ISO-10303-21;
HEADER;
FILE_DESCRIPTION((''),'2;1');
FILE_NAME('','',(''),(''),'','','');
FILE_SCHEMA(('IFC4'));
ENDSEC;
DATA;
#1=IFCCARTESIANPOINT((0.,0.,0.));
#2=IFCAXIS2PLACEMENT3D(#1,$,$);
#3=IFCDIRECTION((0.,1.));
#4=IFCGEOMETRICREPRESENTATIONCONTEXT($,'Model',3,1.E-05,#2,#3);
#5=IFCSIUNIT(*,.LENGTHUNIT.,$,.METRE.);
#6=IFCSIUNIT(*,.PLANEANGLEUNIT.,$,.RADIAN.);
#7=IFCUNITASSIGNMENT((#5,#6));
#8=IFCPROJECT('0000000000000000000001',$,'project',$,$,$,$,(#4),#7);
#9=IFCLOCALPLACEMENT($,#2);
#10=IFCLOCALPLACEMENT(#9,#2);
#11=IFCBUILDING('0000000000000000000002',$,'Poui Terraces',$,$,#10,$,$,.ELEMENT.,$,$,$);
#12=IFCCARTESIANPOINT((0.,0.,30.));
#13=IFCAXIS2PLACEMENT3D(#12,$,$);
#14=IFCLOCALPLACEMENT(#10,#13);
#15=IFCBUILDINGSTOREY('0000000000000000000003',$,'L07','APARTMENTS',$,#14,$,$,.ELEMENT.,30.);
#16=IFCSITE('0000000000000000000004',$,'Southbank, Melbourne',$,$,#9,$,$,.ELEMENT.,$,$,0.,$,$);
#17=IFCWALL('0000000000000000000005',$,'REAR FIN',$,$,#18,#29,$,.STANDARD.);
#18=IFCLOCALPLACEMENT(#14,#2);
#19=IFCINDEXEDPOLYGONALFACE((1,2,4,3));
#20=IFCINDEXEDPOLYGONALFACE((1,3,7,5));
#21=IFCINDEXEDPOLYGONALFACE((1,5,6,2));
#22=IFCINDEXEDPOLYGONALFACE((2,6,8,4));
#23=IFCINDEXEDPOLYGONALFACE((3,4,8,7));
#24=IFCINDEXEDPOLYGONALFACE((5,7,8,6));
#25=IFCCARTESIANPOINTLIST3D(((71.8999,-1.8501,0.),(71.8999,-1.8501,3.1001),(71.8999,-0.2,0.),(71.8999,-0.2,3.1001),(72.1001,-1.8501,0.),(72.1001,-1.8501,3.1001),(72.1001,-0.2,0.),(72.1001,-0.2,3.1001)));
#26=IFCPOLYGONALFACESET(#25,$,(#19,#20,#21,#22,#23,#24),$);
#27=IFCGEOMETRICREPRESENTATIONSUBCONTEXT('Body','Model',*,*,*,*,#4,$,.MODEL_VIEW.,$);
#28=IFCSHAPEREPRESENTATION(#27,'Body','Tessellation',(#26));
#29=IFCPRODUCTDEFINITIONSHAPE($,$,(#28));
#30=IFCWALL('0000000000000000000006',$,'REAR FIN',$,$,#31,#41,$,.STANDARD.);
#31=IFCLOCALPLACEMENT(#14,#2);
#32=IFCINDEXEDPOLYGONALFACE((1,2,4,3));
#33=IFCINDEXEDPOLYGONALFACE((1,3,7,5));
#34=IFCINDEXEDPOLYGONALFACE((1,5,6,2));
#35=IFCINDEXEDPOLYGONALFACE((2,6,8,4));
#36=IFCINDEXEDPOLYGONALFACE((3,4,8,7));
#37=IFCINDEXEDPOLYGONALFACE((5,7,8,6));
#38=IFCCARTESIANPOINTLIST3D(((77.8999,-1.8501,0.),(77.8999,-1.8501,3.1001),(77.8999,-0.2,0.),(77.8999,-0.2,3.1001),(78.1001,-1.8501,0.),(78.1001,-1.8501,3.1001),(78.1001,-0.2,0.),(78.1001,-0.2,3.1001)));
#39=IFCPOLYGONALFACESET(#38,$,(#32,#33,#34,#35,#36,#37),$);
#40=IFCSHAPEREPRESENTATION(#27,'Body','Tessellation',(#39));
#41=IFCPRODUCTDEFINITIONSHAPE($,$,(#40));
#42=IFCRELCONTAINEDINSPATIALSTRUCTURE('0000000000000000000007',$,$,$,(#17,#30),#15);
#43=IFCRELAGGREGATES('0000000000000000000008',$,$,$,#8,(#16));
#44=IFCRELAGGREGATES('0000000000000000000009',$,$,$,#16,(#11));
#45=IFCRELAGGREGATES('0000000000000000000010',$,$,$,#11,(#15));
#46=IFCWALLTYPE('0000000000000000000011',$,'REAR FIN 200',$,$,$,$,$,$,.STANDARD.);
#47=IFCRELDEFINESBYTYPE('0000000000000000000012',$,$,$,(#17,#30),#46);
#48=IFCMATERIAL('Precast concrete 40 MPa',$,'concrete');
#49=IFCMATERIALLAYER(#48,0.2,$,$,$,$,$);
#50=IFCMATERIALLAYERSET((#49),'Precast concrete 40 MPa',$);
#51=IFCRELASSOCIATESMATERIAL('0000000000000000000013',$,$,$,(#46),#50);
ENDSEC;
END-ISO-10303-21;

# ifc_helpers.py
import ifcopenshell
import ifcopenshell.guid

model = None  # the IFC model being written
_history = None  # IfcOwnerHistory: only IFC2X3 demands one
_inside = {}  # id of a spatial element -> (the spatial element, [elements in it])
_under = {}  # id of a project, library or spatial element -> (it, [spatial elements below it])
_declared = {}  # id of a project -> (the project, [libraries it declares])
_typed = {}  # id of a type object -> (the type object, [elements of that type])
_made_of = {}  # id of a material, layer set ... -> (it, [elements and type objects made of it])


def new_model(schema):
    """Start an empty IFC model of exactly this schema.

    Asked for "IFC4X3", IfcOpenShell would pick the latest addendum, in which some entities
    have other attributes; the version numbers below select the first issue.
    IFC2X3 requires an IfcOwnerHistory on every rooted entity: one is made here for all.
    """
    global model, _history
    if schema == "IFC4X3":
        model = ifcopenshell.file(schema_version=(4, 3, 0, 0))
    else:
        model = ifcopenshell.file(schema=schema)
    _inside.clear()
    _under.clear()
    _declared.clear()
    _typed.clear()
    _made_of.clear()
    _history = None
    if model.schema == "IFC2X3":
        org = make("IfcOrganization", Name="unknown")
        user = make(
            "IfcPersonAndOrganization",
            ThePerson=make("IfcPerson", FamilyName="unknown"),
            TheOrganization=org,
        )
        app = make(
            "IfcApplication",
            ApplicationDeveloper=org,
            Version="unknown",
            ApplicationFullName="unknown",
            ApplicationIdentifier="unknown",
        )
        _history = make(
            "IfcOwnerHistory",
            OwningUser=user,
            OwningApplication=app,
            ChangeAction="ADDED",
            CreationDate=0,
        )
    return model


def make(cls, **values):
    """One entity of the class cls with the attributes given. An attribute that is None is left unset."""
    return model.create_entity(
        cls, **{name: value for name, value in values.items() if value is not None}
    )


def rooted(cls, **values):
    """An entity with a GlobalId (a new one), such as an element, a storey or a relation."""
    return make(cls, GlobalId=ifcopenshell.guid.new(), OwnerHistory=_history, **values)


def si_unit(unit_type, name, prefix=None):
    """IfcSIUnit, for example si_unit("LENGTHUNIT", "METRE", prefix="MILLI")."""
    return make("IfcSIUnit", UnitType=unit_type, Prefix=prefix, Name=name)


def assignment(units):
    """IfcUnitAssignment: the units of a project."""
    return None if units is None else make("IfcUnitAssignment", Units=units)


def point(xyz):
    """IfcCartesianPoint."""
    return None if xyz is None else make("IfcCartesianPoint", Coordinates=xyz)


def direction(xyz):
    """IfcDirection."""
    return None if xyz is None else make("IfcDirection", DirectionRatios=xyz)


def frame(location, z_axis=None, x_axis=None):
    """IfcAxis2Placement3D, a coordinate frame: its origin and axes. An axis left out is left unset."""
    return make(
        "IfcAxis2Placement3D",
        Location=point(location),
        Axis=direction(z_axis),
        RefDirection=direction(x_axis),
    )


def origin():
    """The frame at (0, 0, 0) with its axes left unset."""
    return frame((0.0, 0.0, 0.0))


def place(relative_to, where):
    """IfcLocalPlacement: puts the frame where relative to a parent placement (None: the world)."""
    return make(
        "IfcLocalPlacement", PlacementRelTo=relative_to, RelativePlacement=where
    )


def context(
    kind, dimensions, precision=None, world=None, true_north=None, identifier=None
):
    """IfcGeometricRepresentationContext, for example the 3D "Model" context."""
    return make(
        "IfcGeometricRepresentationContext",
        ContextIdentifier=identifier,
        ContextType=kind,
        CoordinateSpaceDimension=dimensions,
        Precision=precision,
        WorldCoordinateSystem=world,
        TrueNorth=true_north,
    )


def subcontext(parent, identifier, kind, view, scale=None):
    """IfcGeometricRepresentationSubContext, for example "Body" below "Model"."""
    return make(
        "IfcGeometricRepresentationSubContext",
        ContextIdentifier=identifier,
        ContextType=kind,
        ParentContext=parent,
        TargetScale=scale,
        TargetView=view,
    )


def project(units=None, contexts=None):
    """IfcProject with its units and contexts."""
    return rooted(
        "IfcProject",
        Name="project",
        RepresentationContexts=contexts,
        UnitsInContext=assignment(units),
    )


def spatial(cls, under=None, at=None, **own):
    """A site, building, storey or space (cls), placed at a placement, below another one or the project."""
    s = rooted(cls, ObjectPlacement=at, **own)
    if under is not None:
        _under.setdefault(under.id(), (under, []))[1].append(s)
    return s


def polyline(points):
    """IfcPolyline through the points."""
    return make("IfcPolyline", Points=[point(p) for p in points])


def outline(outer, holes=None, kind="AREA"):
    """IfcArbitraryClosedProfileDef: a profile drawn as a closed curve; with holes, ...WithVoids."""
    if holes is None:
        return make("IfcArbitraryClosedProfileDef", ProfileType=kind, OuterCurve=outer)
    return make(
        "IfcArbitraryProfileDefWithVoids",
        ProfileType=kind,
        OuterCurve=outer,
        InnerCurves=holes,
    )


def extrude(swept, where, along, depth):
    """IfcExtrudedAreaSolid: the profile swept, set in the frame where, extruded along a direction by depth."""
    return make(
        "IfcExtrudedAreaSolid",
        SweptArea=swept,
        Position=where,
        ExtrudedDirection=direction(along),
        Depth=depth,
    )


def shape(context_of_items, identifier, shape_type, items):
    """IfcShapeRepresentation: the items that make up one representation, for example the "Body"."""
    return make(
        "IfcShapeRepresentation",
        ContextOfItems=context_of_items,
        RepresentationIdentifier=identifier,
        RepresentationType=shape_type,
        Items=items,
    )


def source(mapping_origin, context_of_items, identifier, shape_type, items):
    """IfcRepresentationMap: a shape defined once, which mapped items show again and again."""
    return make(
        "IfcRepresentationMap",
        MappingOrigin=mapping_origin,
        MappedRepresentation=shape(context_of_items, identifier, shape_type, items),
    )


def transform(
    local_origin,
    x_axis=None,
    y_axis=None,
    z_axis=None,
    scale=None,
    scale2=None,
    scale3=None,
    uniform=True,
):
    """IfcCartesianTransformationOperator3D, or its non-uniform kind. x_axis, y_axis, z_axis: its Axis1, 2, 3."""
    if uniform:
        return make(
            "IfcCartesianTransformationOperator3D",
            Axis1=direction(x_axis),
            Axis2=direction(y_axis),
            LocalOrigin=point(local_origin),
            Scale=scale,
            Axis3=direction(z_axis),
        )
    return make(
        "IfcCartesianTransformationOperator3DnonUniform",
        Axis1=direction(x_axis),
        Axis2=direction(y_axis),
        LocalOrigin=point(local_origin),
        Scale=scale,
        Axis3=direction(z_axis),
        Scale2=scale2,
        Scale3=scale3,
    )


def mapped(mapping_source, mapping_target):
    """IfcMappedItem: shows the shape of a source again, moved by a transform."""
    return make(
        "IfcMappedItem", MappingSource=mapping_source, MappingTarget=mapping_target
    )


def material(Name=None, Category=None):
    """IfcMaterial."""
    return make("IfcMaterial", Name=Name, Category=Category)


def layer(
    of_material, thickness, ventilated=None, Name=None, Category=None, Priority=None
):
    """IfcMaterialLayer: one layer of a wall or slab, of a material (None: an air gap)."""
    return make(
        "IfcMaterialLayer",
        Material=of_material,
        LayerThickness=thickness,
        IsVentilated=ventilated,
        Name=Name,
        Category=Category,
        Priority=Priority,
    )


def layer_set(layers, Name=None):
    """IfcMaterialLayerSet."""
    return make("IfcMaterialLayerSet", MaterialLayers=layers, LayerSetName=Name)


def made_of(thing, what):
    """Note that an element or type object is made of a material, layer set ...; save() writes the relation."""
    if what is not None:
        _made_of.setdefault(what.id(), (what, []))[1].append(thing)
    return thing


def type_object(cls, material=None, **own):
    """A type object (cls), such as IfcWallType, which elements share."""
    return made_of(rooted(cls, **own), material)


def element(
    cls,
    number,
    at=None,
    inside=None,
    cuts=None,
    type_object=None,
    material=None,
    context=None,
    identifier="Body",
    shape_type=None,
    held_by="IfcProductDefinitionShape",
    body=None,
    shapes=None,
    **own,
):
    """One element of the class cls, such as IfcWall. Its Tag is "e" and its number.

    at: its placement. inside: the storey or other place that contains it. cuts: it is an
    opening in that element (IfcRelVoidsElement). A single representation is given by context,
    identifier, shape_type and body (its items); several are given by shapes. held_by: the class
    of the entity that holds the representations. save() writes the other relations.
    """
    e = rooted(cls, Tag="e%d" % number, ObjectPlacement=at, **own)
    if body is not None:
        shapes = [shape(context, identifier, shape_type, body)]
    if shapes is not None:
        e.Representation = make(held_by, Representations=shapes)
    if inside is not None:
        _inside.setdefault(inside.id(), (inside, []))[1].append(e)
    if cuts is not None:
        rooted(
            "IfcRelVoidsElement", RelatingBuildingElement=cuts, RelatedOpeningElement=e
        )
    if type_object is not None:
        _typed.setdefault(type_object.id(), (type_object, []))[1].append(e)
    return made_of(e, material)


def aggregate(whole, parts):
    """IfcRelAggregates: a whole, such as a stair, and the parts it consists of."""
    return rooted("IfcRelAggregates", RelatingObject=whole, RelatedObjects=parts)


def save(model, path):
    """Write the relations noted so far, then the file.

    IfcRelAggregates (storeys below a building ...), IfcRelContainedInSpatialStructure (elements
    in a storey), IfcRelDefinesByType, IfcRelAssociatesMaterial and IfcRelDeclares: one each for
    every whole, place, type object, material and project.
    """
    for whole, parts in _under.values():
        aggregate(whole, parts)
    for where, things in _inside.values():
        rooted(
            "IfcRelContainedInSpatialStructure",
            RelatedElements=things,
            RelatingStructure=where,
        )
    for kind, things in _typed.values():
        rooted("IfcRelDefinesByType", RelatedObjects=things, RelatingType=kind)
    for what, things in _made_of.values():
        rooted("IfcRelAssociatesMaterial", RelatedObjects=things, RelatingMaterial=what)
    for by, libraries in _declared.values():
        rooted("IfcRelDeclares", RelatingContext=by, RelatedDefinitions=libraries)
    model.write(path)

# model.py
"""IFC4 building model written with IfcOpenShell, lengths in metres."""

from ifc_helpers import new_model, si_unit, direction, frame, origin, place, context, subcontext, project, spatial, polyline, outline, extrude, source, transform, mapped, material, layer, layer_set, type_object, element, save


model = new_model("IFC4")

# Units and contexts
model_context = context("Model", 3, precision=1e-05, world=origin(), true_north=direction((0.0, 1.0)))
body_context = subcontext(model_context, "Body", "Model", "MODEL_VIEW")
ifc_project = project(units=[si_unit("LENGTHUNIT", "METRE"), si_unit("PLANEANGLEUNIT", "RADIAN")], contexts=[model_context])

# Site, building, storey
site_placement = place(None, origin())
site = spatial("IfcSite", under=ifc_project, at=site_placement, Name="Southbank, Melbourne", CompositionType="ELEMENT", RefElevation=0.0)
building_placement = place(site_placement, origin())
building = spatial("IfcBuilding", under=site, at=building_placement, Name="Poui Terraces", CompositionType="ELEMENT")
storey_placement = place(building_placement, frame((0.0, 0.0, 30.0)))
storey = spatial("IfcBuildingStorey", under=building, at=storey_placement, Name="L07", Description="APARTMENTS", CompositionType="ELEMENT", Elevation=30.0)

# Shared definitions
ifc_material_1 = material(Name="Precast concrete 40 MPa", Category="concrete")

# Walls
ifc_layer_1 = layer(ifc_material_1, 0.2)
ifc_layer_set_1 = layer_set([ifc_layer_1], Name="Precast concrete 40 MPa")
wall_type_1 = type_object("IfcWallType", Name="REAR FIN 200", PredefinedType="STANDARD", material=ifc_layer_set_1)
shared_shape_1 = source(origin(), body_context, "Body", "SweptSolid", [
    extrude(outline(polyline([(0.0, 0.0), (0.2002, 0.0), (0.2002, 1.6501), (0.0, 1.6501), (0.0, 0.0)])), origin(), (0.0, 0.0, 1.0), 3.1001),
])
for number, where, name in (
    (1, (71.8999, -1.8501, 0.0), "REAR FIN"),
    (2, (77.8999, -1.8501, 0.0), "REAR FIN"),
):
    element("IfcWall", number, at=place(storey_placement, frame(where)), inside=storey, type_object=wall_type_1, Name=name, PredefinedType="STANDARD", context=body_context, shape_type="MappedRepresentation", body=[
        mapped(shared_shape_1, transform((0.0, 0.0, 0.0))),
    ])

save(model, "model.ifc")
